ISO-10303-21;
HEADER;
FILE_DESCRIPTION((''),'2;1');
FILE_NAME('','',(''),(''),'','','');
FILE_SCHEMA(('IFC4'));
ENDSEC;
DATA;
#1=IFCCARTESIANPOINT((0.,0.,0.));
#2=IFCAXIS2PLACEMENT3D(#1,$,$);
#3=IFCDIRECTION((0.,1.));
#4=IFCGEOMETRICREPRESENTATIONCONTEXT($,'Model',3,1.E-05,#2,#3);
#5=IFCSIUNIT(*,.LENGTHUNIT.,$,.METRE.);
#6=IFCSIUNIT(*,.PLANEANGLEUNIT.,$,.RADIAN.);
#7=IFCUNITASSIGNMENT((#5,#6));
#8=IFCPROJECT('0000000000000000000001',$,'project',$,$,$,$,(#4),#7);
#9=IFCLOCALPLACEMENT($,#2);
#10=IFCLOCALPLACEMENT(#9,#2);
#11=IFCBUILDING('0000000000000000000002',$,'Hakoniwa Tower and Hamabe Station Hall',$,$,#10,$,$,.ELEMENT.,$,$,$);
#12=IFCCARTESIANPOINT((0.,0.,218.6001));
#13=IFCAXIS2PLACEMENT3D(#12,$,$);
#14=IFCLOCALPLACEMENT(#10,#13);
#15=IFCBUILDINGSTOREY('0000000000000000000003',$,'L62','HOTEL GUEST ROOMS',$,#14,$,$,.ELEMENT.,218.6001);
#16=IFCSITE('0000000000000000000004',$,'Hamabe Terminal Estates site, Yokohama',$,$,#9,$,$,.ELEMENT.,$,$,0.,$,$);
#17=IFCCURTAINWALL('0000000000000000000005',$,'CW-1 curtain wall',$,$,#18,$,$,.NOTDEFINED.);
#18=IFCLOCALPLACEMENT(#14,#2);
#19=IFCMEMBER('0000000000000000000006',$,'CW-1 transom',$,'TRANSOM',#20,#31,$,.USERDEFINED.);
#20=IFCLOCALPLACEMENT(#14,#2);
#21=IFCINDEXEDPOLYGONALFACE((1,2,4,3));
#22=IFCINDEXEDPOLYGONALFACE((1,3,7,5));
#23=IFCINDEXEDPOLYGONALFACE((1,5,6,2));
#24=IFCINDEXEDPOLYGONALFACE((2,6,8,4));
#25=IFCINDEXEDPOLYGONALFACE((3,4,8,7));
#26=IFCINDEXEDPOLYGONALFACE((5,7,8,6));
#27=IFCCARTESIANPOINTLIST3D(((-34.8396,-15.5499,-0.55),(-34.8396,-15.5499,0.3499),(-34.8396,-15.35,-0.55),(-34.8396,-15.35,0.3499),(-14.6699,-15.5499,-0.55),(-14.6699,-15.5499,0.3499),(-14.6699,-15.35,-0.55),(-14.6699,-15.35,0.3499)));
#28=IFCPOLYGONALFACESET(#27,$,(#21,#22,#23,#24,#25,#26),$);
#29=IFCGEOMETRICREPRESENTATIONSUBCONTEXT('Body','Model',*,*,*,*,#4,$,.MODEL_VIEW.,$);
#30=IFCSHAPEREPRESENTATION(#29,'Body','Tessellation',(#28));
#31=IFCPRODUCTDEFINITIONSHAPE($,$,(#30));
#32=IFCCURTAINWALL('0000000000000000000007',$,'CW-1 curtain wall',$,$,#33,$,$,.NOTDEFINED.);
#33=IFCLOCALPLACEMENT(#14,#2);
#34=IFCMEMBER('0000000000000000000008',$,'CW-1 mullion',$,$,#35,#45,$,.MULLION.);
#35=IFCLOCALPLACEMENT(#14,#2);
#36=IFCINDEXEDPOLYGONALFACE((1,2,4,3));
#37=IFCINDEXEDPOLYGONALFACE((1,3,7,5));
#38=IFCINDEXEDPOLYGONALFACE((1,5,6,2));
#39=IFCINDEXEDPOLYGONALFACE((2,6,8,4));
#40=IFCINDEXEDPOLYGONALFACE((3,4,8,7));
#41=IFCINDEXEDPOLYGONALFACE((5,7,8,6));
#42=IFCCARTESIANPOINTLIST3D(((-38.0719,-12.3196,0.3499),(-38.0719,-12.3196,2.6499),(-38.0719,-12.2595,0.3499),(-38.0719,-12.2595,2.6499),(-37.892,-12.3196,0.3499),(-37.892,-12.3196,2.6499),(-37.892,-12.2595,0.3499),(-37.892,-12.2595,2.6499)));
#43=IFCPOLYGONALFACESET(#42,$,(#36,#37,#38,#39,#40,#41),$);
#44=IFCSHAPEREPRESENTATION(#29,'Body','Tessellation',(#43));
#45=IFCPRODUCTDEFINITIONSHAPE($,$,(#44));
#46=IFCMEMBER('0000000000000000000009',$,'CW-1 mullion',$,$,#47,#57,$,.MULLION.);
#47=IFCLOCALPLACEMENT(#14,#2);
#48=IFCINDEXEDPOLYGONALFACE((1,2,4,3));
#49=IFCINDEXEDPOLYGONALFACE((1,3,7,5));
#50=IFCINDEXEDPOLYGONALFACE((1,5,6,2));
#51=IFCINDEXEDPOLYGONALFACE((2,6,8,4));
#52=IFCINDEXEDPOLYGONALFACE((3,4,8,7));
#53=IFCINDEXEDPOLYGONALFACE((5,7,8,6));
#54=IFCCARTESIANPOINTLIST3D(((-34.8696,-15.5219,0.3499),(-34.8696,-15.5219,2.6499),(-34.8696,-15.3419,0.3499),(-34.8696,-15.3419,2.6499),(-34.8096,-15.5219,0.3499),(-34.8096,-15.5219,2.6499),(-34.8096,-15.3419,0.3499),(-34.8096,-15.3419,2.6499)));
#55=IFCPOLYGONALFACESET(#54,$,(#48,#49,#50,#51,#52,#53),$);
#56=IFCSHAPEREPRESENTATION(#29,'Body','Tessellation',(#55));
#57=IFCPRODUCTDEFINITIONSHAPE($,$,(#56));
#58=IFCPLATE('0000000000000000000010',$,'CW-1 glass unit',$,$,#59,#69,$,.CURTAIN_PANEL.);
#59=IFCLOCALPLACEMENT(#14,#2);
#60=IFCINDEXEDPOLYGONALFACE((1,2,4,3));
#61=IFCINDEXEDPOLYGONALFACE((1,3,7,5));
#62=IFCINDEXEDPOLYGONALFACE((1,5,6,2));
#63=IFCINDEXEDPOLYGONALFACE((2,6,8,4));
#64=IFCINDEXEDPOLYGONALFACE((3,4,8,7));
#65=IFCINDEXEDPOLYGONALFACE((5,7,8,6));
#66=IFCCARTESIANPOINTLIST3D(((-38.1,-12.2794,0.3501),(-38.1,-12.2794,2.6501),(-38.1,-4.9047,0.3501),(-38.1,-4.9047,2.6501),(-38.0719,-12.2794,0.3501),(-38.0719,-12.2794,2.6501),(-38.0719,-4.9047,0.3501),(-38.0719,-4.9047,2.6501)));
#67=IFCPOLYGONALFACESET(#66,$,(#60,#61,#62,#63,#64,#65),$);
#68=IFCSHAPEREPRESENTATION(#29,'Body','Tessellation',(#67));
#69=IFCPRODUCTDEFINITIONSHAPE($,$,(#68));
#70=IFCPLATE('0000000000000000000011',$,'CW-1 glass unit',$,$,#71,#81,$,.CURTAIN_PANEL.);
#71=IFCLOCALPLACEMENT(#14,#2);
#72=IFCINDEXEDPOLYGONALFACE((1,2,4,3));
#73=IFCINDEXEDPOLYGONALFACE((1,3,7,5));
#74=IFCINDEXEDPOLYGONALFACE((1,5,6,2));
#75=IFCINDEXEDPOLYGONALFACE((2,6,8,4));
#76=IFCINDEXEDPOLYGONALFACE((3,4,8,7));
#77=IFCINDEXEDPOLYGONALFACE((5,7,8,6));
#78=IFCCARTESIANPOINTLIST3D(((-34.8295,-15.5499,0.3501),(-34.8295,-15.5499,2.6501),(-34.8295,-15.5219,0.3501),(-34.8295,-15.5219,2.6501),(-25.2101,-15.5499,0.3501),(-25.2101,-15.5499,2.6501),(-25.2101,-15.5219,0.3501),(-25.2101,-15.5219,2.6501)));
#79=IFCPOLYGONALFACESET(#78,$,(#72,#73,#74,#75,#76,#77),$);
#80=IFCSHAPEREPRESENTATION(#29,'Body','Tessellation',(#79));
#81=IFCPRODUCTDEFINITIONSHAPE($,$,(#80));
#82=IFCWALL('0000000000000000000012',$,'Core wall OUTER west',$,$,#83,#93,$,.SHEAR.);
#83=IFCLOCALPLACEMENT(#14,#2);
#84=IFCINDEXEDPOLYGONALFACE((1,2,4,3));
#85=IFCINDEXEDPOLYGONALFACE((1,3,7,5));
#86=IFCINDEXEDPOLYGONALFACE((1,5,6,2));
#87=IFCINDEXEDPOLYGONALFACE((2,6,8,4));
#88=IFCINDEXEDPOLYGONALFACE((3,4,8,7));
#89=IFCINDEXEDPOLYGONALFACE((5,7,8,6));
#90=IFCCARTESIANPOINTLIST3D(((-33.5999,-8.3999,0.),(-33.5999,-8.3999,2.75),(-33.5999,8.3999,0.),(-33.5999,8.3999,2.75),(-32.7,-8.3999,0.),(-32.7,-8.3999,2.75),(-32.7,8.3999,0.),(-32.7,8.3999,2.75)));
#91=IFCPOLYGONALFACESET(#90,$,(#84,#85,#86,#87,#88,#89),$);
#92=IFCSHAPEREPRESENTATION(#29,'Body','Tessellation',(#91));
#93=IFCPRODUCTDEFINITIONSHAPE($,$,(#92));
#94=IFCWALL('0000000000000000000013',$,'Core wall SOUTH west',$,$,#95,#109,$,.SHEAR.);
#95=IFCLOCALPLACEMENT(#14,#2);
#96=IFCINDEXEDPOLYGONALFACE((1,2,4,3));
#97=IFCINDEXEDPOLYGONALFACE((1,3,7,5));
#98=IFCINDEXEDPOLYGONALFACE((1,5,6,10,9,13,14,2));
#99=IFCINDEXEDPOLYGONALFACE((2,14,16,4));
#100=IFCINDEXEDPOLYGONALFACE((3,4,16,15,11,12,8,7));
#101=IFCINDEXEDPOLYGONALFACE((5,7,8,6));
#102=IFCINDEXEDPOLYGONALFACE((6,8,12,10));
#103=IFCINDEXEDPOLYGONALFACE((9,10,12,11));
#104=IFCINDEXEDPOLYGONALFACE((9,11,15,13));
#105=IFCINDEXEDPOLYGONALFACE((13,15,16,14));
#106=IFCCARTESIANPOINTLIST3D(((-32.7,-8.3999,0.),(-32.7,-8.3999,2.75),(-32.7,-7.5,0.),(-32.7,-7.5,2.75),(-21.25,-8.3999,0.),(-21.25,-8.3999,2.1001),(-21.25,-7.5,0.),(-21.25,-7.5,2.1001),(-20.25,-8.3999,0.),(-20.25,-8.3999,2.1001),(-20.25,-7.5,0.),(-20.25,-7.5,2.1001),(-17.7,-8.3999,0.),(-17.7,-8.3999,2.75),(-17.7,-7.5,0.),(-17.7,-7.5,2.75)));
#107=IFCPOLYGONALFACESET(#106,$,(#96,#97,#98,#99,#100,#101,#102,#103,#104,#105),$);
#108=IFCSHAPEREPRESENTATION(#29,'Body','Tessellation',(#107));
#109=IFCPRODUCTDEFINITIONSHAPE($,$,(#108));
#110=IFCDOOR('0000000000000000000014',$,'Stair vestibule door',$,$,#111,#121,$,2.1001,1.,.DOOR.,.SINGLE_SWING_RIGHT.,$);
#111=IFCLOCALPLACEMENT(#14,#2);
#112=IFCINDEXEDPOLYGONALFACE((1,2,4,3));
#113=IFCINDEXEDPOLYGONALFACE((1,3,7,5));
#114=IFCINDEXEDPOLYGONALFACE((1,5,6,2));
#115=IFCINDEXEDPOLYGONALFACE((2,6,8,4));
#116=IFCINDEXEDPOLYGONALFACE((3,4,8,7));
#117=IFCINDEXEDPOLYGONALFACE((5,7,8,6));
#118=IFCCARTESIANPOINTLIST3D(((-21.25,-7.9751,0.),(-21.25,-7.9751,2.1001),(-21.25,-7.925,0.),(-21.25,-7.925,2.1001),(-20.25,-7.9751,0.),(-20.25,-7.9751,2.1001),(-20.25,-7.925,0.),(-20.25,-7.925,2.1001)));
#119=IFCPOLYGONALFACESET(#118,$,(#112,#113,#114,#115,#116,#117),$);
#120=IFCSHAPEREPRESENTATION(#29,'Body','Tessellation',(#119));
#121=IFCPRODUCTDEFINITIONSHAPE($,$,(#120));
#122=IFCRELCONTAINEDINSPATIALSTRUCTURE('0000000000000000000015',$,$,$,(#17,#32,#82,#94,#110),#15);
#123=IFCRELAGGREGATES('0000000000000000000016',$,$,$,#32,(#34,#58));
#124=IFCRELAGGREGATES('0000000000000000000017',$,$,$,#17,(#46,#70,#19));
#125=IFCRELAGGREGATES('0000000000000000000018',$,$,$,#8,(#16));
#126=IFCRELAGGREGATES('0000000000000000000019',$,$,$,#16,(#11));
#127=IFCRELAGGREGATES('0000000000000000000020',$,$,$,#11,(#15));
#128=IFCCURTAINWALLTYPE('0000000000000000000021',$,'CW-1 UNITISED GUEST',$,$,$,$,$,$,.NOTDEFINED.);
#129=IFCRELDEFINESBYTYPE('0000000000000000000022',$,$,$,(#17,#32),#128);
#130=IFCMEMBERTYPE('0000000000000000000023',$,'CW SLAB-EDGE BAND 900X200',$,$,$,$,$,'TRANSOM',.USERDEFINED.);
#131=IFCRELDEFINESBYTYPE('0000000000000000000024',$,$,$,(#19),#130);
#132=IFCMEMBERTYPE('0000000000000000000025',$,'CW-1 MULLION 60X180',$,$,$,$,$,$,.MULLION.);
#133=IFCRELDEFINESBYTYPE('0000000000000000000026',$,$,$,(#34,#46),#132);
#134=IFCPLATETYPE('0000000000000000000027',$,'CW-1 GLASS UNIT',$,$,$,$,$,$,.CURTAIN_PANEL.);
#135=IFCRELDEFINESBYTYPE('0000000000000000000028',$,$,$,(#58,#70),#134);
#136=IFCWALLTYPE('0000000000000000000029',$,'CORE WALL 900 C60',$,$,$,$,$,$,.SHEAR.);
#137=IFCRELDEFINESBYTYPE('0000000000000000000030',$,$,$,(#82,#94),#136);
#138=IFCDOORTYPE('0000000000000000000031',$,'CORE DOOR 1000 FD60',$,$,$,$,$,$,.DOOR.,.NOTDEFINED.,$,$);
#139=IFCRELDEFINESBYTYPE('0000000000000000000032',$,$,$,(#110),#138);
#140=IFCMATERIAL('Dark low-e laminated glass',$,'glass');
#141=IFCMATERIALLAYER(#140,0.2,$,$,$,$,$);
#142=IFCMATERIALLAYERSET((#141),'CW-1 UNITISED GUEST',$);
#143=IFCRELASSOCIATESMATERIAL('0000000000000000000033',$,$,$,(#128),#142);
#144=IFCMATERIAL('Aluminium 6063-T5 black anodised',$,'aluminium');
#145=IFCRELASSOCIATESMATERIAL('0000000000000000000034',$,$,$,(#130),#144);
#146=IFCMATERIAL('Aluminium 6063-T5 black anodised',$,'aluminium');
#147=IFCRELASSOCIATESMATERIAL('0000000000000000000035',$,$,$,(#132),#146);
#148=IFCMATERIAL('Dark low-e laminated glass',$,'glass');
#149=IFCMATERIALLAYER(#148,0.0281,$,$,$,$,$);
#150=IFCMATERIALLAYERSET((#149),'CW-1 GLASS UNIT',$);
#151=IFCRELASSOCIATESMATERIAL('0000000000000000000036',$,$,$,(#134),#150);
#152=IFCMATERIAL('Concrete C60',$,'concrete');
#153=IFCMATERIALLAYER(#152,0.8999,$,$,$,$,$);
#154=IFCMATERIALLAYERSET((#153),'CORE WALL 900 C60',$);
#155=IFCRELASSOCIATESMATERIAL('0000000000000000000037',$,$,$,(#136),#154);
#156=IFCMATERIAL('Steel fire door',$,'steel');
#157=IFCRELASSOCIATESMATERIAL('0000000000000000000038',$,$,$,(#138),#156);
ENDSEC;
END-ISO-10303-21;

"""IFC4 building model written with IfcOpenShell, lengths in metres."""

from ifc_helpers import new_model, si_unit, direction, frame, frame_2d, origin, origin_2d, place, context, subcontext, project, spatial, rectangle, extrude, material, layer, layer_set, material_profile, profile_set, type_object, element, fill, aggregate, save


model = new_model("IFC4")

# Units and contexts
model_context = context("Model", 3, precision=1e-05, world=origin(), true_north=direction((0.0, 1.0)))
body_context = subcontext(model_context, "Body", "Model", "MODEL_VIEW")
ifc_project = project(units=[si_unit("LENGTHUNIT", "METRE"), si_unit("PLANEANGLEUNIT", "RADIAN")], contexts=[model_context])

# Site, building, storey
site_placement = place(None, origin())
site = spatial("IfcSite", under=ifc_project, at=site_placement, Name="Hamabe Terminal Estates site, Yokohama", CompositionType="ELEMENT", RefElevation=0.0)
building_placement = place(site_placement, origin())
building = spatial("IfcBuilding", under=site, at=building_placement, Name="Hakoniwa Tower and Hamabe Station Hall", CompositionType="ELEMENT")
storey_placement = place(building_placement, frame((0.0, 0.0, 218.6001)))
storey = spatial("IfcBuildingStorey", under=building, at=storey_placement, Name="L62", Description="HOTEL GUEST ROOMS", CompositionType="ELEMENT", Elevation=218.6001)

# Curtain walls, members
ifc_material_1 = material(Name="Dark low-e laminated glass", Category="glass")
ifc_layer_1 = layer(ifc_material_1, 0.2)
ifc_layer_set_1 = layer_set([ifc_layer_1], Name="CW-1 UNITISED GUEST")
curtain_wall_type = type_object("IfcCurtainWallType", Name="CW-1 UNITISED GUEST", PredefinedType="NOTDEFINED", material=ifc_layer_set_1)
curtain_wall_1_placement = place(storey_placement, origin())
curtain_wall_1 = element("IfcCurtainWall", 1, at=curtain_wall_1_placement, inside=storey, type_object=curtain_wall_type, Name="CW-1 curtain wall", PredefinedType="NOTDEFINED")
ifc_material_2 = material(Name="Aluminium 6063-T5 black anodised", Category="aluminium")
ifc_material_profile_1 = material_profile(ifc_material_2, rectangle(XDim=0.2, YDim=0.8999, at=origin_2d()), Name="CW SLAB-EDGE BAND 900X200")
ifc_profile_set_1 = profile_set([ifc_material_profile_1], Name="Aluminium 6063-T5 black anodised")
member_type_1 = type_object("IfcMemberType", Name="CW SLAB-EDGE BAND 900X200", ElementType="TRANSOM", PredefinedType="USERDEFINED", material=ifc_profile_set_1)
member_1_placement = place(storey_placement, frame((-34.8396, -15.45, -0.1001), z_axis=(1.0, 0.0, 0.0), x_axis=(0.0, 1.0, 0.0)))
member_1 = element("IfcMember", 2, at=member_1_placement, type_object=member_type_1, Name="CW-1 transom", ObjectType="TRANSOM", PredefinedType="USERDEFINED", context=body_context, shape_type="SweptSolid", body=[
    extrude(rectangle(XDim=0.2, YDim=0.8999, at=origin_2d()), origin(), (0.0, 0.0, 1.0), 20.1697),
])
curtain_wall_2_placement = place(storey_placement, origin())
curtain_wall_2 = element("IfcCurtainWall", 3, at=curtain_wall_2_placement, inside=storey, type_object=curtain_wall_type, Name="CW-1 curtain wall", PredefinedType="NOTDEFINED")
ifc_material_3 = material(Name="Aluminium 6063-T5 black anodised", Category="aluminium")
ifc_material_profile_2 = material_profile(ifc_material_3, rectangle(XDim=0.0601, YDim=0.1799, at=origin_2d()), Name="CW-1 MULLION 60X180")
ifc_profile_set_2 = profile_set([ifc_material_profile_2], Name="Aluminium 6063-T5 black anodised")
member_type_2 = type_object("IfcMemberType", Name="CW-1 MULLION 60X180", PredefinedType="MULLION", material=ifc_profile_set_2)
member_2_placement = place(storey_placement, frame((-37.9819, -12.2896, 0.3499), z_axis=(0.0, 0.0, 1.0), x_axis=(0.0, -1.0, 0.0)))
member_2 = element("IfcMember", 4, at=member_2_placement, type_object=member_type_2, Name="CW-1 mullion", PredefinedType="MULLION", context=body_context, shape_type="SweptSolid", body=[
    extrude(rectangle(XDim=0.0601, YDim=0.1799, at=origin_2d()), origin(), (0.0, 0.0, 1.0), 2.3),
])

# Member
member_3_placement = place(storey_placement, frame((-34.8396, -15.4319, 0.3499), z_axis=(0.0, 0.0, 1.0), x_axis=(1.0, 0.0, 0.0)))
member_3 = element("IfcMember", 5, at=member_3_placement, type_object=member_type_2, Name="CW-1 mullion", PredefinedType="MULLION", context=body_context, shape_type="SweptSolid", body=[
    extrude(rectangle(XDim=0.0601, YDim=0.1799, at=origin_2d()), origin(), (0.0, 0.0, 1.0), 2.3),
])

# Plates
ifc_material_4 = material(Name="Dark low-e laminated glass", Category="glass")
ifc_layer_2 = layer(ifc_material_4, 0.0281)
ifc_layer_set_2 = layer_set([ifc_layer_2], Name="CW-1 GLASS UNIT")
plate_type = type_object("IfcPlateType", Name="CW-1 GLASS UNIT", PredefinedType="CURTAIN_PANEL", material=ifc_layer_set_2)
plate_1_placement = place(storey_placement, frame((-38.0859, -8.592, 0.3501), z_axis=(0.0, 0.0, 1.0), x_axis=(0.0, -1.0, 0.0)))
plate_1 = element("IfcPlate", 6, at=plate_1_placement, type_object=plate_type, Name="CW-1 glass unit", PredefinedType="CURTAIN_PANEL", context=body_context, shape_type="SweptSolid", body=[
    extrude(rectangle(XDim=7.3748, YDim=0.0281, at=origin_2d()), origin(), (0.0, 0.0, 1.0), 2.3),
])
aggregate(curtain_wall_2, [member_2, plate_1])
plate_2_placement = place(storey_placement, frame((-30.0198, -15.5359, 0.3501), z_axis=(0.0, 0.0, 1.0), x_axis=(1.0, 0.0, 0.0)))
plate_2 = element("IfcPlate", 7, at=plate_2_placement, type_object=plate_type, Name="CW-1 glass unit", PredefinedType="CURTAIN_PANEL", context=body_context, shape_type="SweptSolid", body=[
    extrude(rectangle(XDim=9.6194, YDim=0.0281, at=origin_2d()), origin(), (0.0, 0.0, 1.0), 2.3),
])
aggregate(curtain_wall_1, [member_3, plate_2, member_1])

# Wall
ifc_material_5 = material(Name="Concrete C60", Category="concrete")
ifc_layer_3 = layer(ifc_material_5, 0.8999)
ifc_layer_set_3 = layer_set([ifc_layer_3], Name="CORE WALL 900 C60")
wall_type_1 = type_object("IfcWallType", Name="CORE WALL 900 C60", PredefinedType="SHEAR", material=ifc_layer_set_3)
wall_1_placement = place(storey_placement, frame((-33.1499, -8.3999, 0.0), z_axis=(0.0, 0.0, 1.0), x_axis=(0.0, 1.0, 0.0)))
element("IfcWall", 8, at=wall_1_placement, inside=storey, type_object=wall_type_1, Name="Core wall OUTER west", PredefinedType="SHEAR", context=body_context, shape_type="SweptSolid", body=[
    extrude(rectangle(XDim=16.7998, YDim=0.8999, at=frame_2d((8.3999, 0.0))), origin(), (0.0, 0.0, 1.0), 2.75),
])

# Wall, opening, door
wall_2_placement = place(storey_placement, frame((-32.7, -7.95, 0.0), z_axis=(0.0, 0.0, 1.0), x_axis=(1.0, 0.0, 0.0)))
wall_2 = element("IfcWall", 9, at=wall_2_placement, inside=storey, type_object=wall_type_1, Name="Core wall SOUTH west", PredefinedType="SHEAR", context=body_context, shape_type="SweptSolid", body=[
    extrude(rectangle(XDim=15.0, YDim=0.8999, at=frame_2d((7.5, 0.0))), origin(), (0.0, 0.0, 1.0), 2.75),
])
opening_1_placement = place(wall_2_placement, frame((11.45, 0.0, 0.0)))
opening_1 = element("IfcOpeningElement", 10, at=opening_1_placement, cuts=wall_2, PredefinedType="OPENING", context=body_context, shape_type="SweptSolid", body=[
    extrude(rectangle(XDim=1.0, YDim=2.1001, at=frame_2d((0.5, 1.05))), frame((0.0, 0.46, 0.0), z_axis=(0.0, -1.0, 0.0), x_axis=(1.0, 0.0, 0.0)), (0.0, 0.0, 1.0), 0.9199),
])
ifc_material_6 = material(Name="Steel fire door", Category="steel")
door_type_1 = type_object("IfcDoorType", Name="CORE DOOR 1000 FD60", OperationType="NOTDEFINED", PredefinedType="DOOR", material=ifc_material_6)
door_1_placement = place(opening_1_placement, origin())
door_1 = element("IfcDoor", 11, at=door_1_placement, inside=storey, type_object=door_type_1, Name="Stair vestibule door", OperationType="SINGLE_SWING_RIGHT", OverallHeight=2.1001, OverallWidth=1.0, PredefinedType="DOOR", context=body_context, shape_type="SweptSolid", body=[
    extrude(rectangle(XDim=1.0, YDim=2.1001, at=frame_2d((0.5, 1.05))), frame((0.0, 0.0249, 0.0), z_axis=(0.0, -1.0, 0.0), x_axis=(1.0, 0.0, 0.0)), (0.0, 0.0, 1.0), 0.05),
])
fill(opening_1, door_1)

save(model, "model.ifc")
